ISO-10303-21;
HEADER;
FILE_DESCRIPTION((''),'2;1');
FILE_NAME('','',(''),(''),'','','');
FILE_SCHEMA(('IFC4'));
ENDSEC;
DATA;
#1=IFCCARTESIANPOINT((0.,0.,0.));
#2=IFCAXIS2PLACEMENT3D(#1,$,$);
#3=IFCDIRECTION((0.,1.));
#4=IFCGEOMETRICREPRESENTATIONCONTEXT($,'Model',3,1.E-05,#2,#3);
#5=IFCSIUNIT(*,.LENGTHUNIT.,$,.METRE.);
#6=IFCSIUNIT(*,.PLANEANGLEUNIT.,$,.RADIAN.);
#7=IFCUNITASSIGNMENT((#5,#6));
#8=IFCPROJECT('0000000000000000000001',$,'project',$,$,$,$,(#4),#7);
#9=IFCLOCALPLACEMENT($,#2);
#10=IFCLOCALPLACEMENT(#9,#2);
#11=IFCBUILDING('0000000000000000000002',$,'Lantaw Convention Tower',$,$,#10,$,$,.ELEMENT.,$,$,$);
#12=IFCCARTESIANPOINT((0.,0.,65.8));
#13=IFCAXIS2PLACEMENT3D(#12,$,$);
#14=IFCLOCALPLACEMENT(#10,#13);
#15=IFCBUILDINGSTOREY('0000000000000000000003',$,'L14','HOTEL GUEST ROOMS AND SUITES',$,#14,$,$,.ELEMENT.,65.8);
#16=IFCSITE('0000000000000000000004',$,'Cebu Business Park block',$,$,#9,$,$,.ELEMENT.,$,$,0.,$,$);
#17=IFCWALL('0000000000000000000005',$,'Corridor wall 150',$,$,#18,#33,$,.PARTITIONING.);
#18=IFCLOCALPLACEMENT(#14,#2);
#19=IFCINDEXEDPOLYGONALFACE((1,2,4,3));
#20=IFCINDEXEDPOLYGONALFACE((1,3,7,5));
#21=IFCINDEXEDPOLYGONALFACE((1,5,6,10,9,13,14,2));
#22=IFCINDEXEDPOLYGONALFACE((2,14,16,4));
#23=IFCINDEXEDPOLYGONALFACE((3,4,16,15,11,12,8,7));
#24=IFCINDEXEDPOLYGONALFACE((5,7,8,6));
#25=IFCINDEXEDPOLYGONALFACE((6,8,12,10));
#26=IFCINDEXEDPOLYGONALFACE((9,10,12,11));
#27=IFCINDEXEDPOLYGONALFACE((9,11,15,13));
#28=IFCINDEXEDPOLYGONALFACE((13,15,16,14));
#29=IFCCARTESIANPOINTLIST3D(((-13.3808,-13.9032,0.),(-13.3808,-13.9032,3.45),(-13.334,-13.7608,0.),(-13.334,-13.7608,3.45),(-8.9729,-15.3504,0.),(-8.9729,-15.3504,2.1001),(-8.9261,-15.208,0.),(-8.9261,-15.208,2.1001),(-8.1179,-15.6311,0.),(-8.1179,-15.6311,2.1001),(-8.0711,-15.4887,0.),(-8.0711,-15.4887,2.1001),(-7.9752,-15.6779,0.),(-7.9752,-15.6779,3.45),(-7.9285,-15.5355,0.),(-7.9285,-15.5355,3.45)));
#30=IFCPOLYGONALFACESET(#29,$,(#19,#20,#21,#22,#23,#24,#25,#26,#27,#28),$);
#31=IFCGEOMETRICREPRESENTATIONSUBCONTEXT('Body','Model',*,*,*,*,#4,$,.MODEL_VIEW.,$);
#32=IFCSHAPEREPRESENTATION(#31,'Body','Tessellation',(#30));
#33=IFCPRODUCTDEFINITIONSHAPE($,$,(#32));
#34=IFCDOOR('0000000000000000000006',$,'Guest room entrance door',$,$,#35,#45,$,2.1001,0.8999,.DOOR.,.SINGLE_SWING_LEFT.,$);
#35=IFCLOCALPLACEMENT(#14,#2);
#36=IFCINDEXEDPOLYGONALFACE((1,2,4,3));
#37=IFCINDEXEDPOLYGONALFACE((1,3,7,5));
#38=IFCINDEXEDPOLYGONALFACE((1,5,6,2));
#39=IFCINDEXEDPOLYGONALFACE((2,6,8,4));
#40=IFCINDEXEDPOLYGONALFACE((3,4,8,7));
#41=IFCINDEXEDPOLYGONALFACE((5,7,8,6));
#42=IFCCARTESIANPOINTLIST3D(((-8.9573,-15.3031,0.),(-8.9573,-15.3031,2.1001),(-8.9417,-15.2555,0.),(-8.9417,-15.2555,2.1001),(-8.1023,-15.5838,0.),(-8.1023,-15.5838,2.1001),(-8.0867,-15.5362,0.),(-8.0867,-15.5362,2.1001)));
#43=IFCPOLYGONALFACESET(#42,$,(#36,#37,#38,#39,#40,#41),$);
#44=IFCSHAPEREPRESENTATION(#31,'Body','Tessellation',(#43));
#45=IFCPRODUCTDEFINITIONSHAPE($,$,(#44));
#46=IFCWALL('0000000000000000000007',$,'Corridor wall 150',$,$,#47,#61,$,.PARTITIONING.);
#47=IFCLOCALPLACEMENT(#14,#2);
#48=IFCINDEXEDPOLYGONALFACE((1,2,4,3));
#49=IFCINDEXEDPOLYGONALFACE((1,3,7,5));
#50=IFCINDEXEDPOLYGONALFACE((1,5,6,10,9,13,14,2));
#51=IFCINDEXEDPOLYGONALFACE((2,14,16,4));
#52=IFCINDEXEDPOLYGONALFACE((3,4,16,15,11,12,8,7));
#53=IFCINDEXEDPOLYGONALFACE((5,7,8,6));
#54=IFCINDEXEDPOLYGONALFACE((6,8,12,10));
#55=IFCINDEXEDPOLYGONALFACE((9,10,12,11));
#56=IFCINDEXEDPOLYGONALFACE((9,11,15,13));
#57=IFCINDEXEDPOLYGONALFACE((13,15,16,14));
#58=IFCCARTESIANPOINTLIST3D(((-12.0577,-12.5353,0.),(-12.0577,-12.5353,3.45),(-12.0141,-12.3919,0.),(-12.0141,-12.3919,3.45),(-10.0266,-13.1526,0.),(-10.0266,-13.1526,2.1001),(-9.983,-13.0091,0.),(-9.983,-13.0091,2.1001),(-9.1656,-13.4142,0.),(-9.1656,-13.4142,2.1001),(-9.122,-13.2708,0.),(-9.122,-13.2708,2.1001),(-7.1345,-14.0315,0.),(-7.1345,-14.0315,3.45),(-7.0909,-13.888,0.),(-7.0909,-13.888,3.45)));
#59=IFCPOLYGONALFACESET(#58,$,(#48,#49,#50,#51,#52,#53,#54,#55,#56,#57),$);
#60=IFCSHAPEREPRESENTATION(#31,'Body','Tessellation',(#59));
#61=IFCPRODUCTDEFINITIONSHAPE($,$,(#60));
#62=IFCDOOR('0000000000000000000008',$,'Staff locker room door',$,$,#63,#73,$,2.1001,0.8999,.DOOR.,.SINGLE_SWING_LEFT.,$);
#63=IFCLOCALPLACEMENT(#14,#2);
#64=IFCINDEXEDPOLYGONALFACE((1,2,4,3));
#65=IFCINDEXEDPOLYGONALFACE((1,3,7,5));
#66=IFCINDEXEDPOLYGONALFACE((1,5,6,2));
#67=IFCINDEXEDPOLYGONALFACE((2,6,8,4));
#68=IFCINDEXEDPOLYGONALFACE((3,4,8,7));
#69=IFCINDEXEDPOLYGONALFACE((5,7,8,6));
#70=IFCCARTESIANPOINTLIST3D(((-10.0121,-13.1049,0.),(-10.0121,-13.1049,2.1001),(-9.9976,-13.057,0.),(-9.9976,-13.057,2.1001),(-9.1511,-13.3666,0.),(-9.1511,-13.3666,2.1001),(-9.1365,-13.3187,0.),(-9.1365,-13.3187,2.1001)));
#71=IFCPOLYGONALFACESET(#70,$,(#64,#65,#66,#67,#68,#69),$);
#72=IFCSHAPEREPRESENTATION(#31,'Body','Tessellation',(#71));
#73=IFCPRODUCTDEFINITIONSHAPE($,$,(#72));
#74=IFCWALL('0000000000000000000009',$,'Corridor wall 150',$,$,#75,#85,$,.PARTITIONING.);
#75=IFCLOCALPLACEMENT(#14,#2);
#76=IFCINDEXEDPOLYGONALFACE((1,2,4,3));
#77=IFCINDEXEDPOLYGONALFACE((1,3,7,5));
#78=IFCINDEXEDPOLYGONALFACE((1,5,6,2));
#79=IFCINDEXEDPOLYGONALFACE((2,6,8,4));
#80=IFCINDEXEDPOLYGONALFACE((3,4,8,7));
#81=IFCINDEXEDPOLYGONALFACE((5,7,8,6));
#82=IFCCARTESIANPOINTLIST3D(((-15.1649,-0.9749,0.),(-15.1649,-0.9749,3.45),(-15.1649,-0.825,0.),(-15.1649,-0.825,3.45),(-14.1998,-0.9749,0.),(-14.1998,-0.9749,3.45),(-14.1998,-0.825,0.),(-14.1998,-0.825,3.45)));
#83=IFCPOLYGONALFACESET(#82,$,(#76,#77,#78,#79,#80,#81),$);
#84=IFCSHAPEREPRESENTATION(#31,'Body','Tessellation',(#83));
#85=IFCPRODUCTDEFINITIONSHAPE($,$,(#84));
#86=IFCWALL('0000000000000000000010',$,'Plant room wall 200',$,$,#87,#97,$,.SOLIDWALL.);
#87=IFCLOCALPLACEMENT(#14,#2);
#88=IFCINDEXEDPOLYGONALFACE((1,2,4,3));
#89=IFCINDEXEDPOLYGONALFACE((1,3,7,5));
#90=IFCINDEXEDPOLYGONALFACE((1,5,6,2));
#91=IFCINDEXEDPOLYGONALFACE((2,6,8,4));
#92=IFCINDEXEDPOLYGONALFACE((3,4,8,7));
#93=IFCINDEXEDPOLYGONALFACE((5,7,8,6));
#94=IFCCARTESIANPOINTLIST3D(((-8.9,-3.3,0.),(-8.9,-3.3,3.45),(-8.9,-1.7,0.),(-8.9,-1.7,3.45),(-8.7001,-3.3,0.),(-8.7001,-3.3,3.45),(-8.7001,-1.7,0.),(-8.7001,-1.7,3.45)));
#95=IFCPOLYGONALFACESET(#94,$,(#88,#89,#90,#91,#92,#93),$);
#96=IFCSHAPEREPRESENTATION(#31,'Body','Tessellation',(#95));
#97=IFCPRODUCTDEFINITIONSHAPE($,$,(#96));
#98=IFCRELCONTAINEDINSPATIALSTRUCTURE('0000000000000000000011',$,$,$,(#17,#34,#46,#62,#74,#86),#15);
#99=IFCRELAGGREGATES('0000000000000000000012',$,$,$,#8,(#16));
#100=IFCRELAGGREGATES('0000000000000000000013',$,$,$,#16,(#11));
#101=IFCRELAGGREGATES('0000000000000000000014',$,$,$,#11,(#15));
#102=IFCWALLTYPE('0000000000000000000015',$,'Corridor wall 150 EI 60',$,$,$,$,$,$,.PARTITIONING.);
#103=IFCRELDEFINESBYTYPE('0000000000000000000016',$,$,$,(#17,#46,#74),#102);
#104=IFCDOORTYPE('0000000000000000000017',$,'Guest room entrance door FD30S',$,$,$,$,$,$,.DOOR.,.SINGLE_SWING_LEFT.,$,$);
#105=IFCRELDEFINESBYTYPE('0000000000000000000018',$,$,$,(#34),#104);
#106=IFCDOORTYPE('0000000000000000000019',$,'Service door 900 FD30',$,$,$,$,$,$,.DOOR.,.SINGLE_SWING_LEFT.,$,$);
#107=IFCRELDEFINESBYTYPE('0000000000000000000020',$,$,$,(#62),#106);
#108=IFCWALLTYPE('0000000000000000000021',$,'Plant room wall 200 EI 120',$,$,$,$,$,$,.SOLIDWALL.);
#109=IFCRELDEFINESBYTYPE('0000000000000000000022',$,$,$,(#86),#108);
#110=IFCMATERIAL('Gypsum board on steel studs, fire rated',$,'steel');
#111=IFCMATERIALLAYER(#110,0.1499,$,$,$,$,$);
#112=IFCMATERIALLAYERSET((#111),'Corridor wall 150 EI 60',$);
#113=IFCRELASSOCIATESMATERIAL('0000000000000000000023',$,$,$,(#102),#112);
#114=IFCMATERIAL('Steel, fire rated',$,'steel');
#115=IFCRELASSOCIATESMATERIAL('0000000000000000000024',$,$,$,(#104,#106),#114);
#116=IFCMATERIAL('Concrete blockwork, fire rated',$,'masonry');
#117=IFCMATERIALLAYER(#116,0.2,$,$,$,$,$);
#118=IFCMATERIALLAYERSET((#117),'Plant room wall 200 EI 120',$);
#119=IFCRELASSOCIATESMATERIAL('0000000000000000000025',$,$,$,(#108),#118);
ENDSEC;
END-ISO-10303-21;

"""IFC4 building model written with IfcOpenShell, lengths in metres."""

from ifc_helpers import new_model, si_unit, direction, frame, frame_2d, origin, place, context, subcontext, project, spatial, rectangle, extrude, material, layer, layer_set, type_object, element, fill, save


model = new_model("IFC4")

# Units and contexts
model_context = context("Model", 3, precision=1e-05, world=origin(), true_north=direction((0.0, 1.0)))
body_context = subcontext(model_context, "Body", "Model", "MODEL_VIEW")
ifc_project = project(units=[si_unit("LENGTHUNIT", "METRE"), si_unit("PLANEANGLEUNIT", "RADIAN")], contexts=[model_context])

# Site, building, storey
site_placement = place(None, origin())
site = spatial("IfcSite", under=ifc_project, at=site_placement, Name="Cebu Business Park block", CompositionType="ELEMENT", RefElevation=0.0)
building_placement = place(site_placement, origin())
building = spatial("IfcBuilding", under=site, at=building_placement, Name="Lantaw Convention Tower", CompositionType="ELEMENT")
storey_placement = place(building_placement, frame((0.0, 0.0, 65.8)))
storey = spatial("IfcBuildingStorey", under=building, at=storey_placement, Name="L14", Description="HOTEL GUEST ROOMS AND SUITES", CompositionType="ELEMENT", Elevation=65.8)

# Walls, openings, doors
ifc_material_1 = material(Name="Gypsum board on steel studs, fire rated", Category="steel")
ifc_layer_1 = layer(ifc_material_1, 0.1499)
ifc_layer_set_1 = layer_set([ifc_layer_1], Name="Corridor wall 150 EI 60")
wall_type_1 = type_object("IfcWallType", Name="Corridor wall 150 EI 60", PredefinedType="PARTITIONING", material=ifc_layer_set_1)
wall_1_placement = place(storey_placement, frame((-13.3574, -13.832, 0.0), z_axis=(0.0, 0.0, 1.0), x_axis=(0.950107, -0.311925, 0.0)))
wall_1 = element("IfcWall", 1, at=wall_1_placement, inside=storey, type_object=wall_type_1, Name="Corridor wall 150", PredefinedType="PARTITIONING", context=body_context, shape_type="SweptSolid", body=[
    extrude(rectangle(XDim=5.6895, YDim=0.1499, at=frame_2d((2.8447, 0.0))), origin(), (0.0, 0.0, 1.0), 3.45),
])
opening_1_placement = place(wall_1_placement, frame((4.6394, 0.0, 0.0)))
opening_1 = element("IfcOpeningElement", 2, at=opening_1_placement, cuts=wall_1, PredefinedType="OPENING", context=body_context, shape_type="SweptSolid", body=[
    extrude(rectangle(XDim=0.8999, YDim=2.1001, at=frame_2d((0.45, 1.05))), frame((0.0, 0.085, 0.0), z_axis=(0.0, -1.0, 0.0), x_axis=(1.0, 0.0, 0.0)), (0.0, 0.0, 1.0), 0.1699),
])
ifc_material_2 = material(Name="Steel, fire rated", Category="steel")
door_type_1 = type_object("IfcDoorType", Name="Guest room entrance door FD30S", OperationType="SINGLE_SWING_LEFT", PredefinedType="DOOR", material=ifc_material_2)
door_1_placement = place(opening_1_placement, origin())
door_1 = element("IfcDoor", 3, at=door_1_placement, inside=storey, type_object=door_type_1, Name="Guest room entrance door", OperationType="SINGLE_SWING_LEFT", OverallHeight=2.1001, OverallWidth=0.8999, PredefinedType="DOOR", context=body_context, shape_type="SweptSolid", body=[
    extrude(rectangle(XDim=0.8999, YDim=2.1001, at=frame_2d((0.45, 1.05))), frame((0.0, 0.0249, 0.0), z_axis=(0.0, -1.0, 0.0), x_axis=(1.0, 0.0, 0.0)), (0.0, 0.0, 1.0), 0.05),
])
fill(opening_1, door_1)
wall_2_placement = place(storey_placement, frame((-12.0359, -12.4636, 0.0), z_axis=(0.0, 0.0, 1.0), x_axis=(0.956795, -0.290763, 0.0)))
wall_2 = element("IfcWall", 4, at=wall_2_placement, inside=storey, type_object=wall_type_1, Name="Corridor wall 150", PredefinedType="PARTITIONING", context=body_context, shape_type="SweptSolid", body=[
    extrude(rectangle(XDim=5.1455, YDim=0.1499, at=frame_2d((2.5728, 0.0))), origin(), (0.0, 0.0, 1.0), 3.45),
])
opening_2_placement = place(wall_2_placement, frame((2.1228, 0.0, 0.0)))
opening_2 = element("IfcOpeningElement", 5, at=opening_2_placement, cuts=wall_2, PredefinedType="OPENING", context=body_context, shape_type="SweptSolid", body=[
    extrude(rectangle(XDim=0.8999, YDim=2.1001, at=frame_2d((0.45, 1.05))), frame((0.0, 0.085, 0.0), z_axis=(0.0, -1.0, 0.0), x_axis=(1.0, 0.0, 0.0)), (0.0, 0.0, 1.0), 0.1699),
])
door_type_2 = type_object("IfcDoorType", Name="Service door 900 FD30", OperationType="SINGLE_SWING_LEFT", PredefinedType="DOOR", material=ifc_material_2)
door_2_placement = place(opening_2_placement, origin())
door_2 = element("IfcDoor", 6, at=door_2_placement, inside=storey, type_object=door_type_2, Name="Staff locker room door", OperationType="SINGLE_SWING_LEFT", OverallHeight=2.1001, OverallWidth=0.8999, PredefinedType="DOOR", context=body_context, shape_type="SweptSolid", body=[
    extrude(rectangle(XDim=0.8999, YDim=2.1001, at=frame_2d((0.45, 1.05))), frame((0.0, 0.0249, 0.0), z_axis=(0.0, -1.0, 0.0), x_axis=(1.0, 0.0, 0.0)), (0.0, 0.0, 1.0), 0.05),
])
fill(opening_2, door_2)

# Walls
wall_3_placement = place(storey_placement, frame((-14.2, -0.8999, 0.0), z_axis=(0.0, 0.0, 1.0), x_axis=(-1.0, 0.0, 0.0)))
element("IfcWall", 7, at=wall_3_placement, inside=storey, type_object=wall_type_1, Name="Corridor wall 150", PredefinedType="PARTITIONING", context=body_context, shape_type="SweptSolid", body=[
    extrude(rectangle(XDim=0.9651, YDim=0.1499, at=frame_2d((0.4824, 0.0))), origin(), (0.0, 0.0, 1.0), 3.45),
])
ifc_material_3 = material(Name="Concrete blockwork, fire rated", Category="masonry")
ifc_layer_2 = layer(ifc_material_3, 0.2)
ifc_layer_set_2 = layer_set([ifc_layer_2], Name="Plant room wall 200 EI 120")
wall_type_2 = type_object("IfcWallType", Name="Plant room wall 200 EI 120", PredefinedType="SOLIDWALL", material=ifc_layer_set_2)
wall_4_placement = place(storey_placement, frame((-8.8, -1.7, 0.0), z_axis=(0.0, 0.0, 1.0), x_axis=(0.0, -1.0, 0.0)))
element("IfcWall", 8, at=wall_4_placement, inside=storey, type_object=wall_type_2, Name="Plant room wall 200", PredefinedType="SOLIDWALL", context=body_context, shape_type="SweptSolid", body=[
    extrude(rectangle(XDim=1.6001, YDim=0.2, at=frame_2d((0.8, 0.0))), origin(), (0.0, 0.0, 1.0), 3.45),
])

save(model, "model.ifc")
